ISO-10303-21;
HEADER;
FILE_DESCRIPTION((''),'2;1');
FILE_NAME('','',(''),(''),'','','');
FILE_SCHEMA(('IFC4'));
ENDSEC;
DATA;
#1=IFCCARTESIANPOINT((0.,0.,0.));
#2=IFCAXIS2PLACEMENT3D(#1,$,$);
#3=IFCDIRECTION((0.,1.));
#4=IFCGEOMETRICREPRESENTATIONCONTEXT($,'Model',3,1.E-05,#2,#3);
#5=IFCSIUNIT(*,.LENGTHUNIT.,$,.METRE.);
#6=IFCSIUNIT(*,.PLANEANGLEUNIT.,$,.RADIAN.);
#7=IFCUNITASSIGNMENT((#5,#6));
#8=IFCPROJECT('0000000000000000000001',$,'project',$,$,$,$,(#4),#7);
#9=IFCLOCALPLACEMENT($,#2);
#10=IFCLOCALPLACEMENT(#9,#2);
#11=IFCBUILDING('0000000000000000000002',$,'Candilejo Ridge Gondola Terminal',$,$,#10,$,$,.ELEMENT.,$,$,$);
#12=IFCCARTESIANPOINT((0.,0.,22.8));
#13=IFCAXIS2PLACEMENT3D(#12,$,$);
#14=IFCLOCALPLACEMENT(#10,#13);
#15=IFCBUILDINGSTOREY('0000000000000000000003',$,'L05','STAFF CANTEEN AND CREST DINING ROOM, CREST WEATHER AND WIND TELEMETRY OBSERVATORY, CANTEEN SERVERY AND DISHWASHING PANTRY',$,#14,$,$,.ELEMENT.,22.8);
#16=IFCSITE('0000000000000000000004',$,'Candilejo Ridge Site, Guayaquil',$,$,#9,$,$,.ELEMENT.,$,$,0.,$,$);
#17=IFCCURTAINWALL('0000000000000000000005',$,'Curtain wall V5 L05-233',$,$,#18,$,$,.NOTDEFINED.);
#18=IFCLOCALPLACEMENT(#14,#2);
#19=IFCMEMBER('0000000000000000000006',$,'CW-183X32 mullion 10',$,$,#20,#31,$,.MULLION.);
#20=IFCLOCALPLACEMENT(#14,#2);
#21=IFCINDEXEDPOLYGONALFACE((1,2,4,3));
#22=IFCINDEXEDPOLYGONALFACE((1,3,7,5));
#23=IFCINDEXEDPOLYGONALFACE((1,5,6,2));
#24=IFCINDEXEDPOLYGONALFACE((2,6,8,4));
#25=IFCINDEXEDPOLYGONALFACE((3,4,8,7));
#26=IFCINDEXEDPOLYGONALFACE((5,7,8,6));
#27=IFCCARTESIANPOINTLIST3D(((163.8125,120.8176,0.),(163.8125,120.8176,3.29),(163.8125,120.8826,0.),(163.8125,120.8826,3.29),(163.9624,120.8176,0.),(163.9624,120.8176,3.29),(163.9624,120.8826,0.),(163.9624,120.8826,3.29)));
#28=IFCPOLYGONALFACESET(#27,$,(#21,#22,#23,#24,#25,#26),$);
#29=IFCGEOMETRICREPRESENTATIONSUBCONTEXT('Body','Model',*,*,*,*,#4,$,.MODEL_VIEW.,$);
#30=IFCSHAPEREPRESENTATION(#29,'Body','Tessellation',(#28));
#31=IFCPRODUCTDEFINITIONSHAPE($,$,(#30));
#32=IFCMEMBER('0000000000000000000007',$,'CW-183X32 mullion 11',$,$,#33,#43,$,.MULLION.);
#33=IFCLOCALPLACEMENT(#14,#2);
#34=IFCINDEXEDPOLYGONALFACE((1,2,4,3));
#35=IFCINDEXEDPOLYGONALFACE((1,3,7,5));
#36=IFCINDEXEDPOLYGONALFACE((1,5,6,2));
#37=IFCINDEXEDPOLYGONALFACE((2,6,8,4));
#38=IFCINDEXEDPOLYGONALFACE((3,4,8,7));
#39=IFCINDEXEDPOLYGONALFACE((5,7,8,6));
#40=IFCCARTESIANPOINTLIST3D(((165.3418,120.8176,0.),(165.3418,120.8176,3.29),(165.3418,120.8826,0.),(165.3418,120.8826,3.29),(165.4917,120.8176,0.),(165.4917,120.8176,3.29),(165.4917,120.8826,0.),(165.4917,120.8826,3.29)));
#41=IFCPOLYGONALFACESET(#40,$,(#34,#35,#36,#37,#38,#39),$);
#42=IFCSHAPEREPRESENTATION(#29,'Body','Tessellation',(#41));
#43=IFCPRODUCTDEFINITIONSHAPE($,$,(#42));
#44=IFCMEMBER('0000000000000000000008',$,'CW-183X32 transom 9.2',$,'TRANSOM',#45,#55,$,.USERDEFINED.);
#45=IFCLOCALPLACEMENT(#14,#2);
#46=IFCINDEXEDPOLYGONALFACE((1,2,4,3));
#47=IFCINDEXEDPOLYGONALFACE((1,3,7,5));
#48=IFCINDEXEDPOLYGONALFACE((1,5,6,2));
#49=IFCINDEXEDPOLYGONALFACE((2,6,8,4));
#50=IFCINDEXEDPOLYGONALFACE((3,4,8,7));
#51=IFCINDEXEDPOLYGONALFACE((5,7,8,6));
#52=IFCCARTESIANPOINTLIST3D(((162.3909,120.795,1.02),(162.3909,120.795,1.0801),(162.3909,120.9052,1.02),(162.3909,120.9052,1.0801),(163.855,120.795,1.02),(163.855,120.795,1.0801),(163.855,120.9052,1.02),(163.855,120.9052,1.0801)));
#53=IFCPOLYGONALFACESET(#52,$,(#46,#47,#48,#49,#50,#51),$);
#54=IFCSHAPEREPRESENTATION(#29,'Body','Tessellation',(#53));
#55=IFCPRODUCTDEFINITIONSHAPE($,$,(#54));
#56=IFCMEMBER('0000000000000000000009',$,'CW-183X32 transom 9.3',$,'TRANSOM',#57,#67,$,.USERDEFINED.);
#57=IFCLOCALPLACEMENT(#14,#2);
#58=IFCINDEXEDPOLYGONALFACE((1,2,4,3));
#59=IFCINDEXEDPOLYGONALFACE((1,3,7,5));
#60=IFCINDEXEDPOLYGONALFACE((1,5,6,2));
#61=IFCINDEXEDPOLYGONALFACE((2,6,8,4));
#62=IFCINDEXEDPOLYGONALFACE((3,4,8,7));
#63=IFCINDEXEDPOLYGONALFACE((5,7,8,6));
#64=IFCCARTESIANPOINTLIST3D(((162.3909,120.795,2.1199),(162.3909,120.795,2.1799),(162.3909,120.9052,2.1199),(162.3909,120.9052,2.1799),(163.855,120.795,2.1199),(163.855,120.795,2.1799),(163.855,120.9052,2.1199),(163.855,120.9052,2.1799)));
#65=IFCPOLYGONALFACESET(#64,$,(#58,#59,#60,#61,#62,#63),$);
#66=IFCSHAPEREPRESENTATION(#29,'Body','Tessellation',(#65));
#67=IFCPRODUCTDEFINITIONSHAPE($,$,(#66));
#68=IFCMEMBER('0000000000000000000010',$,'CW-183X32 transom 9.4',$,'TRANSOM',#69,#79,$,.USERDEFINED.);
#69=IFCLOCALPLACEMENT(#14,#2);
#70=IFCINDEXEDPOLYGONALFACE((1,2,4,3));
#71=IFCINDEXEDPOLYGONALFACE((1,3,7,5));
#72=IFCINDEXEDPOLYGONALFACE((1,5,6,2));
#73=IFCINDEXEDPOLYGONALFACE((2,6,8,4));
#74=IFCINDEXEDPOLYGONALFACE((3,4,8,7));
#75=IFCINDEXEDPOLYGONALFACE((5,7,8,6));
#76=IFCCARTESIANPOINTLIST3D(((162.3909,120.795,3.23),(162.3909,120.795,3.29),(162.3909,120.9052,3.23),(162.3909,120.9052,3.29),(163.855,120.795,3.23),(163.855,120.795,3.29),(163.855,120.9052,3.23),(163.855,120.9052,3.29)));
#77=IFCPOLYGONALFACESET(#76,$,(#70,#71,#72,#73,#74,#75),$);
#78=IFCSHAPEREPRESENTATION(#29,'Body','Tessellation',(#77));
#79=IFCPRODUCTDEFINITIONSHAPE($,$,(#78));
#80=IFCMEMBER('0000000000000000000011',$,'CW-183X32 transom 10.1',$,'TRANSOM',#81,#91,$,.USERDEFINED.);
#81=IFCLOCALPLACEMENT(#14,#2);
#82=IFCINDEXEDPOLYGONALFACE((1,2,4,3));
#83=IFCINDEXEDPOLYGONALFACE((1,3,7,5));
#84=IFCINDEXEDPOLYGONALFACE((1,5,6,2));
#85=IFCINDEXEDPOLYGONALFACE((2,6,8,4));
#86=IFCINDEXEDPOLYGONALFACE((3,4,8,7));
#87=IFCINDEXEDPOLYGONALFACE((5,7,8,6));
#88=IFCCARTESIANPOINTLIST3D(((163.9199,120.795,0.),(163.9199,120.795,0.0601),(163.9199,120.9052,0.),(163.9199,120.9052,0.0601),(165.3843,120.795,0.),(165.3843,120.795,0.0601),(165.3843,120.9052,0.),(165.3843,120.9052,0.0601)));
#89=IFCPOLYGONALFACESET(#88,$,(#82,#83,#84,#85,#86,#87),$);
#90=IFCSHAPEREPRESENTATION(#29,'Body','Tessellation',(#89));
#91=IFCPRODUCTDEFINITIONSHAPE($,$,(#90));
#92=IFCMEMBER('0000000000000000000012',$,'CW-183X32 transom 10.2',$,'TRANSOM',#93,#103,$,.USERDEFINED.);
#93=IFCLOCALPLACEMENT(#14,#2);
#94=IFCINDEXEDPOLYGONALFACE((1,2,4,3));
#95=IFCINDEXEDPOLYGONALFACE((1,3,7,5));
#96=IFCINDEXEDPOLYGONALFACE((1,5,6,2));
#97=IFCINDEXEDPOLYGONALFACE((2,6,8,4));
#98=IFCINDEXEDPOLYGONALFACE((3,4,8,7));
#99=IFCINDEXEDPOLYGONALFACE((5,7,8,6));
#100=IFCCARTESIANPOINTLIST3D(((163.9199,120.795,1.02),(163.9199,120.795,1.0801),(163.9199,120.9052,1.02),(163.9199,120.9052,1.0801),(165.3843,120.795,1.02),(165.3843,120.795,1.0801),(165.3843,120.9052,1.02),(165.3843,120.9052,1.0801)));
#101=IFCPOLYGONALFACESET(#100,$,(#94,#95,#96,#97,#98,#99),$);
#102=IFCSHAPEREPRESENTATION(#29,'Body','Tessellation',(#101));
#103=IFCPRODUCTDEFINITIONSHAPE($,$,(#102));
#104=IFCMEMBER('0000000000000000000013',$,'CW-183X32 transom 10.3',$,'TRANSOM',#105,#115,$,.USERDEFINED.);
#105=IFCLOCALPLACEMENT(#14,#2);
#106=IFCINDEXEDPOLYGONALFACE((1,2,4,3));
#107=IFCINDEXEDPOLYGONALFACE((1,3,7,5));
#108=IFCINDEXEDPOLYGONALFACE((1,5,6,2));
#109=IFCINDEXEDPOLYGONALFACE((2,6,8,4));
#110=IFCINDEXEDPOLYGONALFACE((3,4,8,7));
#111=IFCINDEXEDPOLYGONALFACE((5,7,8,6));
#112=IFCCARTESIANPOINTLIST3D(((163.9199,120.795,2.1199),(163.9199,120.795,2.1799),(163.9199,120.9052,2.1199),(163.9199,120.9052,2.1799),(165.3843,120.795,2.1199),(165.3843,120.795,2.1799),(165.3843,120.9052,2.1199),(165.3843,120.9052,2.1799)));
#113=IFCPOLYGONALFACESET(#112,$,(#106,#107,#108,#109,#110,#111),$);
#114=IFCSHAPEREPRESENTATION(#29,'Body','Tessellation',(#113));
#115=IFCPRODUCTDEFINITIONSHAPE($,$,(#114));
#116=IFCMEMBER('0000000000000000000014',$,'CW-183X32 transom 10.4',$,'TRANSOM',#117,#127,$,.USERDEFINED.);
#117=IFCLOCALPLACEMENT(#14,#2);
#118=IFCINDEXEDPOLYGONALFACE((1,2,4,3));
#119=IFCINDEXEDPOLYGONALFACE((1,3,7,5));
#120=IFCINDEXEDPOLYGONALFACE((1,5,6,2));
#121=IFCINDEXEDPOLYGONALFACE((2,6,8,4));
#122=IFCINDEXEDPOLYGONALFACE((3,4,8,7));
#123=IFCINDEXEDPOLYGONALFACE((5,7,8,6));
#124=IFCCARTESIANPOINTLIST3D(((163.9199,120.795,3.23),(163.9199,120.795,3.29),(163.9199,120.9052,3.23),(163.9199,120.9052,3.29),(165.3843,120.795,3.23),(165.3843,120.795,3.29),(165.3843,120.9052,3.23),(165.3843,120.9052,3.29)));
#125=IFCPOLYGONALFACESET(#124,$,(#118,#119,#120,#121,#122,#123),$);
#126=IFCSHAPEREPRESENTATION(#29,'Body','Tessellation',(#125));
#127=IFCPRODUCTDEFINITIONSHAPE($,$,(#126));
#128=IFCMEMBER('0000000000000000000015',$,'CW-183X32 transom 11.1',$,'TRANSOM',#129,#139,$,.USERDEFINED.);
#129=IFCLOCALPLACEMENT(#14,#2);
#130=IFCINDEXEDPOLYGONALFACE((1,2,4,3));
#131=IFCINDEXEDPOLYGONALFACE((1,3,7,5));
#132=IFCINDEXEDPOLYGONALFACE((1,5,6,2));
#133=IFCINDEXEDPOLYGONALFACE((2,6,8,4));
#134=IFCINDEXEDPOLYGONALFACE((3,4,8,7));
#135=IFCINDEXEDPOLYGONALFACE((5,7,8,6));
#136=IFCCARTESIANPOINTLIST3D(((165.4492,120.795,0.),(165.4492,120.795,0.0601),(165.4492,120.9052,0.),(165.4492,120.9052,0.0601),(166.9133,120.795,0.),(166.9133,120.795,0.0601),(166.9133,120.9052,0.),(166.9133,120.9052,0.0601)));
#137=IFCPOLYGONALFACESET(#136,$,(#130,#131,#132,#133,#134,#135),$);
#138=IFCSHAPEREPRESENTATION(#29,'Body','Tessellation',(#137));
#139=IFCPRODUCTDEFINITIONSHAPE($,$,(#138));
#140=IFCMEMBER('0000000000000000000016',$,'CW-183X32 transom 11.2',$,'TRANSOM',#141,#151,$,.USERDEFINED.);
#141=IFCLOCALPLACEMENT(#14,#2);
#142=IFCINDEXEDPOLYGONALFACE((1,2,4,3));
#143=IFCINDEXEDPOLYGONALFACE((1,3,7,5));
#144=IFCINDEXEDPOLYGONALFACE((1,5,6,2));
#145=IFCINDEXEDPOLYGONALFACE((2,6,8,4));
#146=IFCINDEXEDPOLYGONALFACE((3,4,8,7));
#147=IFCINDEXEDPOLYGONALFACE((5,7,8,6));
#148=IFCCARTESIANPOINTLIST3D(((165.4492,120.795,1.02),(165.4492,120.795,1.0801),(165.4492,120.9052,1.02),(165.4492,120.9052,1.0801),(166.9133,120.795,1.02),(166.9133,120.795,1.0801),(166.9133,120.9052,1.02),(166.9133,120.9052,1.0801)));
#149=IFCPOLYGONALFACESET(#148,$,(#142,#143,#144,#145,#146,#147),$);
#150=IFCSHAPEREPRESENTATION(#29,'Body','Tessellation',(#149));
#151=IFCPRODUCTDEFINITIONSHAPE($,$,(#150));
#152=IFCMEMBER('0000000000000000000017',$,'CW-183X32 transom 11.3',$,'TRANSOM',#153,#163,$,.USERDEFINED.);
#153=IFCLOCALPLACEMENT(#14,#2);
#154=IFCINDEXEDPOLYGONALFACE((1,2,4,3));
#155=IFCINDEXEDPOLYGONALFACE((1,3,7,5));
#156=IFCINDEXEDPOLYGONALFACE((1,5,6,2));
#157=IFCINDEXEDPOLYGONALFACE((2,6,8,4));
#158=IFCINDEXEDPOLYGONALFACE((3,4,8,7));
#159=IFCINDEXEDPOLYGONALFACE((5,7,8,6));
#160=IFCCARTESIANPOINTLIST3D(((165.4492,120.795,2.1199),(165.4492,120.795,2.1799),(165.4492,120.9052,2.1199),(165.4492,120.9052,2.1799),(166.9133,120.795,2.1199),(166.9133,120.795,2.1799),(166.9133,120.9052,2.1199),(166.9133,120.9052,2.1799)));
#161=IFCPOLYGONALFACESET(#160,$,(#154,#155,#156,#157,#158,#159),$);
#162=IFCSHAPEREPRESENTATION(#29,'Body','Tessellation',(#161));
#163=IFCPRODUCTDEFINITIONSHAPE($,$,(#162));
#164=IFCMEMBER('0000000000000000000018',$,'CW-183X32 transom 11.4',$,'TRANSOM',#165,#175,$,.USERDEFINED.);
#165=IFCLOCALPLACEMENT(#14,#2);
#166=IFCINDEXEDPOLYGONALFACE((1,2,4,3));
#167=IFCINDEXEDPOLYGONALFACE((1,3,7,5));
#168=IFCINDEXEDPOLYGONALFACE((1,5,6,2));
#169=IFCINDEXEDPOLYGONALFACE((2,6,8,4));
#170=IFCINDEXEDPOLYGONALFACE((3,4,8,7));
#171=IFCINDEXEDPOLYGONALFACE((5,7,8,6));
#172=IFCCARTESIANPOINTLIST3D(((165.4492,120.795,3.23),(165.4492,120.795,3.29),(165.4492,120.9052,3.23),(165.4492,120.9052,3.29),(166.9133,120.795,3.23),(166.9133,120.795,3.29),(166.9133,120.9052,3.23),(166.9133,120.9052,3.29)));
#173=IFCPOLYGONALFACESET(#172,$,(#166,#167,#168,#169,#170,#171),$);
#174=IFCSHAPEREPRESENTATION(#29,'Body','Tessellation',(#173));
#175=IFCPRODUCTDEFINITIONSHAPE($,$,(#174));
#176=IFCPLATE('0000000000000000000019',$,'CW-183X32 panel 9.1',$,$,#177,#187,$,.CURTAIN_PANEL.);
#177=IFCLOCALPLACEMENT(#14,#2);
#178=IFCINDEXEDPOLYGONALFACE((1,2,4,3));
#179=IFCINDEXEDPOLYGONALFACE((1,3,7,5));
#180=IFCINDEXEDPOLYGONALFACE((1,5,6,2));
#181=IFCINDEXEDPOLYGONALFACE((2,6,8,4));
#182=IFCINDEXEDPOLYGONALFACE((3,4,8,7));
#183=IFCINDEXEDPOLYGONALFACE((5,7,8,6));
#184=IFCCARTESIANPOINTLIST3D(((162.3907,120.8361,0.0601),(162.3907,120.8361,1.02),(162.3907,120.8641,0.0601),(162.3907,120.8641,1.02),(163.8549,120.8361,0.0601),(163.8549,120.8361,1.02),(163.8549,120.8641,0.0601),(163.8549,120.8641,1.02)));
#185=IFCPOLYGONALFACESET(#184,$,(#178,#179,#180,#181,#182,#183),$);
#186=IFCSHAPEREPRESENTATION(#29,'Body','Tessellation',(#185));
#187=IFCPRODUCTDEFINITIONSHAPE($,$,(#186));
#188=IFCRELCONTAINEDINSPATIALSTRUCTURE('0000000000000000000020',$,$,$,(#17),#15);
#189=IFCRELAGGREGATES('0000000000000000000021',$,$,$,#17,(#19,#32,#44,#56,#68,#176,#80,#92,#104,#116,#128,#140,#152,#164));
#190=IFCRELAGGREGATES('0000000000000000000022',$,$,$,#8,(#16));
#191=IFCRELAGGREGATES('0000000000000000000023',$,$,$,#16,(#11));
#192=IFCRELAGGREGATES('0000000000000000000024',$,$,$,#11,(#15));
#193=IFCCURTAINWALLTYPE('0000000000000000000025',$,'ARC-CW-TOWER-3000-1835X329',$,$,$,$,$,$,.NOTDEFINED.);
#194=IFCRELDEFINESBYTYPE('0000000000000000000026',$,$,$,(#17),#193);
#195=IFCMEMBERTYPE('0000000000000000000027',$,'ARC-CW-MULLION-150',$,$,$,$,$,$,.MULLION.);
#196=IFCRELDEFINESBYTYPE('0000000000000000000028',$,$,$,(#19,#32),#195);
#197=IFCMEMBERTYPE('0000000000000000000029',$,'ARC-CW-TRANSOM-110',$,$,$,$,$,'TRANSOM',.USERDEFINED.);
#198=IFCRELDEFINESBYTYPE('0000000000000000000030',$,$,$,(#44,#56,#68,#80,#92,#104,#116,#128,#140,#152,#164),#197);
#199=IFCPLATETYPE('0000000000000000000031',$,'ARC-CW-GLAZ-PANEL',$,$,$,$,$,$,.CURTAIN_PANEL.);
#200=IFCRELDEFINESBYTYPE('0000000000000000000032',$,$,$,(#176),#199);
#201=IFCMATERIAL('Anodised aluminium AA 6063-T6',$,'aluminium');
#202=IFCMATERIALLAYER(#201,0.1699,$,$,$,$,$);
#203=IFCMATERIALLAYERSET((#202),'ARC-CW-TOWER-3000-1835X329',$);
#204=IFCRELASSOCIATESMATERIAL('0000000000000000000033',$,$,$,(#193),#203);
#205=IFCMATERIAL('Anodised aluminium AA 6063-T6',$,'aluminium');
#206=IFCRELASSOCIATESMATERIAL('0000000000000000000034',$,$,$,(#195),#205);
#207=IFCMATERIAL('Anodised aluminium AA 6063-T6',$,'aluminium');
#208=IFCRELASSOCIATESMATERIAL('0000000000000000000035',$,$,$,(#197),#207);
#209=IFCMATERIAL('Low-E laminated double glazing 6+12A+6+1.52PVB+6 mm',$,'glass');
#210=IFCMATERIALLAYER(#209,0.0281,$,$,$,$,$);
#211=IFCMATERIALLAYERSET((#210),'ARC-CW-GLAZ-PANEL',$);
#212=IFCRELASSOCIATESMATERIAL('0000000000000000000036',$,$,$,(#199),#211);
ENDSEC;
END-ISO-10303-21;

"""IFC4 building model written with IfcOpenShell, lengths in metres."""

from ifc_helpers import new_model, si_unit, direction, frame, origin, origin_2d, place, context, subcontext, project, spatial, rectangle, extrude, material, layer, layer_set, material_profile, profile_set, type_object, element, aggregate, save


model = new_model("IFC4")

# Units and contexts
model_context = context("Model", 3, precision=1e-05, world=origin(), true_north=direction((0.0, 1.0)))
body_context = subcontext(model_context, "Body", "Model", "MODEL_VIEW")
ifc_project = project(units=[si_unit("LENGTHUNIT", "METRE"), si_unit("PLANEANGLEUNIT", "RADIAN")], contexts=[model_context])

# Site, building, storey
site_placement = place(None, origin())
site = spatial("IfcSite", under=ifc_project, at=site_placement, Name="Candilejo Ridge Site, Guayaquil", CompositionType="ELEMENT", RefElevation=0.0)
building_placement = place(site_placement, origin())
building = spatial("IfcBuilding", under=site, at=building_placement, Name="Candilejo Ridge Gondola Terminal", CompositionType="ELEMENT")
storey_placement = place(building_placement, frame((0.0, 0.0, 22.8)))
storey = spatial("IfcBuildingStorey", under=building, at=storey_placement, Name="L05", Description="STAFF CANTEEN AND CREST DINING ROOM, CREST WEATHER AND WIND TELEMETRY OBSERVATORY, CANTEEN SERVERY AND DISHWASHING PANTRY", CompositionType="ELEMENT", Elevation=22.8)

# Curtain wall, members, plate
ifc_material_1 = material(Name="Anodised aluminium AA 6063-T6", Category="aluminium")
ifc_layer_1 = layer(ifc_material_1, 0.1699)
ifc_layer_set_1 = layer_set([ifc_layer_1], Name="ARC-CW-TOWER-3000-1835X329")
curtain_wall_type = type_object("IfcCurtainWallType", Name="ARC-CW-TOWER-3000-1835X329", PredefinedType="NOTDEFINED", material=ifc_layer_set_1)
curtain_wall_placement = place(storey_placement, origin())
curtain_wall = element("IfcCurtainWall", 1, at=curtain_wall_placement, inside=storey, type_object=curtain_wall_type, Name="Curtain wall V5 L05-233", PredefinedType="NOTDEFINED")
ifc_material_2 = material(Name="Anodised aluminium AA 6063-T6", Category="aluminium")
ifc_material_profile_1 = material_profile(ifc_material_2, rectangle(XDim=0.0649, YDim=0.1499, at=origin_2d()))
ifc_profile_set_1 = profile_set([ifc_material_profile_1], Name="Anodised aluminium AA 6063-T6")
member_type_1 = type_object("IfcMemberType", Name="ARC-CW-MULLION-150", PredefinedType="MULLION", material=ifc_profile_set_1)
member_1_placement = place(storey_placement, frame((163.8875, 120.8501, 0.0), z_axis=(0.0, 0.0, 1.0), x_axis=(0.0, 1.0, 0.0)))
member_1 = element("IfcMember", 2, at=member_1_placement, type_object=member_type_1, Name="CW-183X32 mullion 10", PredefinedType="MULLION", context=body_context, shape_type="SweptSolid", body=[
    extrude(rectangle(XDim=0.0649, YDim=0.1499, at=origin_2d()), origin(), (0.0, 0.0, 1.0), 3.29),
])
member_2_placement = place(storey_placement, frame((165.4167, 120.8501, 0.0), z_axis=(0.0, 0.0, 1.0), x_axis=(0.0, 1.0, 0.0)))
member_2 = element("IfcMember", 3, at=member_2_placement, type_object=member_type_1, Name="CW-183X32 mullion 11", PredefinedType="MULLION", context=body_context, shape_type="SweptSolid", body=[
    extrude(rectangle(XDim=0.0649, YDim=0.1499, at=origin_2d()), origin(), (0.0, 0.0, 1.0), 3.29),
])
ifc_material_3 = material(Name="Anodised aluminium AA 6063-T6", Category="aluminium")
ifc_material_profile_2 = material_profile(ifc_material_3, rectangle(XDim=0.1101, YDim=0.0601, at=origin_2d()))
ifc_profile_set_2 = profile_set([ifc_material_profile_2], Name="Anodised aluminium AA 6063-T6")
member_type_2 = type_object("IfcMemberType", Name="ARC-CW-TRANSOM-110", ElementType="TRANSOM", PredefinedType="USERDEFINED", material=ifc_profile_set_2)
member_3_placement = place(storey_placement, frame((162.3909, 120.8501, 1.05), z_axis=(1.0, 0.0, 0.0), x_axis=(0.0, 1.0, 0.0)))
member_3 = element("IfcMember", 4, at=member_3_placement, type_object=member_type_2, Name="CW-183X32 transom 9.2", ObjectType="TRANSOM", PredefinedType="USERDEFINED", context=body_context, shape_type="SweptSolid", body=[
    extrude(rectangle(XDim=0.1101, YDim=0.0601, at=origin_2d()), origin(), (0.0, 0.0, 1.0), 1.4641),
])
member_4_placement = place(storey_placement, frame((162.3909, 120.8501, 2.1499), z_axis=(1.0, 0.0, 0.0), x_axis=(0.0, 1.0, 0.0)))
member_4 = element("IfcMember", 5, at=member_4_placement, type_object=member_type_2, Name="CW-183X32 transom 9.3", ObjectType="TRANSOM", PredefinedType="USERDEFINED", context=body_context, shape_type="SweptSolid", body=[
    extrude(rectangle(XDim=0.1101, YDim=0.0601, at=origin_2d()), origin(), (0.0, 0.0, 1.0), 1.4641),
])
member_5_placement = place(storey_placement, frame((162.3909, 120.8501, 3.26), z_axis=(1.0, 0.0, 0.0), x_axis=(0.0, 1.0, 0.0)))
member_5 = element("IfcMember", 6, at=member_5_placement, type_object=member_type_2, Name="CW-183X32 transom 9.4", ObjectType="TRANSOM", PredefinedType="USERDEFINED", context=body_context, shape_type="SweptSolid", body=[
    extrude(rectangle(XDim=0.1101, YDim=0.0601, at=origin_2d()), origin(), (0.0, 0.0, 1.0), 1.4641),
])
member_6_placement = place(storey_placement, frame((163.9199, 120.8501, 0.03), z_axis=(1.0, 0.0, 0.0), x_axis=(0.0, 1.0, 0.0)))
member_6 = element("IfcMember", 7, at=member_6_placement, type_object=member_type_2, Name="CW-183X32 transom 10.1", ObjectType="TRANSOM", PredefinedType="USERDEFINED", context=body_context, shape_type="SweptSolid", body=[
    extrude(rectangle(XDim=0.1101, YDim=0.0601, at=origin_2d()), origin(), (0.0, 0.0, 1.0), 1.4644),
])
member_7_placement = place(storey_placement, frame((163.9199, 120.8501, 1.05), z_axis=(1.0, 0.0, 0.0), x_axis=(0.0, 1.0, 0.0)))
member_7 = element("IfcMember", 8, at=member_7_placement, type_object=member_type_2, Name="CW-183X32 transom 10.2", ObjectType="TRANSOM", PredefinedType="USERDEFINED", context=body_context, shape_type="SweptSolid", body=[
    extrude(rectangle(XDim=0.1101, YDim=0.0601, at=origin_2d()), origin(), (0.0, 0.0, 1.0), 1.4644),
])
member_8_placement = place(storey_placement, frame((163.9199, 120.8501, 2.1499), z_axis=(1.0, 0.0, 0.0), x_axis=(0.0, 1.0, 0.0)))
member_8 = element("IfcMember", 9, at=member_8_placement, type_object=member_type_2, Name="CW-183X32 transom 10.3", ObjectType="TRANSOM", PredefinedType="USERDEFINED", context=body_context, shape_type="SweptSolid", body=[
    extrude(rectangle(XDim=0.1101, YDim=0.0601, at=origin_2d()), origin(), (0.0, 0.0, 1.0), 1.4644),
])
member_9_placement = place(storey_placement, frame((163.9199, 120.8501, 3.26), z_axis=(1.0, 0.0, 0.0), x_axis=(0.0, 1.0, 0.0)))
member_9 = element("IfcMember", 10, at=member_9_placement, type_object=member_type_2, Name="CW-183X32 transom 10.4", ObjectType="TRANSOM", PredefinedType="USERDEFINED", context=body_context, shape_type="SweptSolid", body=[
    extrude(rectangle(XDim=0.1101, YDim=0.0601, at=origin_2d()), origin(), (0.0, 0.0, 1.0), 1.4644),
])
member_10_placement = place(storey_placement, frame((165.4492, 120.8501, 0.03), z_axis=(1.0, 0.0, 0.0), x_axis=(0.0, 1.0, 0.0)))
member_10 = element("IfcMember", 11, at=member_10_placement, type_object=member_type_2, Name="CW-183X32 transom 11.1", ObjectType="TRANSOM", PredefinedType="USERDEFINED", context=body_context, shape_type="SweptSolid", body=[
    extrude(rectangle(XDim=0.1101, YDim=0.0601, at=origin_2d()), origin(), (0.0, 0.0, 1.0), 1.4641),
])
member_11_placement = place(storey_placement, frame((165.4492, 120.8501, 1.05), z_axis=(1.0, 0.0, 0.0), x_axis=(0.0, 1.0, 0.0)))
member_11 = element("IfcMember", 12, at=member_11_placement, type_object=member_type_2, Name="CW-183X32 transom 11.2", ObjectType="TRANSOM", PredefinedType="USERDEFINED", context=body_context, shape_type="SweptSolid", body=[
    extrude(rectangle(XDim=0.1101, YDim=0.0601, at=origin_2d()), origin(), (0.0, 0.0, 1.0), 1.4641),
])
member_12_placement = place(storey_placement, frame((165.4492, 120.8501, 2.1499), z_axis=(1.0, 0.0, 0.0), x_axis=(0.0, 1.0, 0.0)))
member_12 = element("IfcMember", 13, at=member_12_placement, type_object=member_type_2, Name="CW-183X32 transom 11.3", ObjectType="TRANSOM", PredefinedType="USERDEFINED", context=body_context, shape_type="SweptSolid", body=[
    extrude(rectangle(XDim=0.1101, YDim=0.0601, at=origin_2d()), origin(), (0.0, 0.0, 1.0), 1.4641),
])
member_13_placement = place(storey_placement, frame((165.4492, 120.8501, 3.26), z_axis=(1.0, 0.0, 0.0), x_axis=(0.0, 1.0, 0.0)))
member_13 = element("IfcMember", 14, at=member_13_placement, type_object=member_type_2, Name="CW-183X32 transom 11.4", ObjectType="TRANSOM", PredefinedType="USERDEFINED", context=body_context, shape_type="SweptSolid", body=[
    extrude(rectangle(XDim=0.1101, YDim=0.0601, at=origin_2d()), origin(), (0.0, 0.0, 1.0), 1.4641),
])
ifc_material_4 = material(Name="Low-E laminated double glazing 6+12A+6+1.52PVB+6 mm", Category="glass")
ifc_layer_2 = layer(ifc_material_4, 0.0281)
ifc_layer_set_2 = layer_set([ifc_layer_2], Name="ARC-CW-GLAZ-PANEL")
plate_type = type_object("IfcPlateType", Name="ARC-CW-GLAZ-PANEL", PredefinedType="CURTAIN_PANEL", material=ifc_layer_set_2)
plate_1_placement = place(storey_placement, frame((163.1228, 120.8501, 0.0601), z_axis=(0.0, 0.0, 1.0), x_axis=(1.0, 0.0, 0.0)))
plate_1 = element("IfcPlate", 15, at=plate_1_placement, type_object=plate_type, Name="CW-183X32 panel 9.1", PredefinedType="CURTAIN_PANEL", context=body_context, shape_type="SweptSolid", body=[
    extrude(rectangle(XDim=1.4641, YDim=0.0281, at=origin_2d()), origin(), (0.0, 0.0, 1.0), 0.96),
])
aggregate(curtain_wall, [member_1, member_2, member_3, member_4, member_5, plate_1, member_6, member_7, member_8, member_9, member_10, member_11, member_12, member_13])

save(model, "model.ifc")
